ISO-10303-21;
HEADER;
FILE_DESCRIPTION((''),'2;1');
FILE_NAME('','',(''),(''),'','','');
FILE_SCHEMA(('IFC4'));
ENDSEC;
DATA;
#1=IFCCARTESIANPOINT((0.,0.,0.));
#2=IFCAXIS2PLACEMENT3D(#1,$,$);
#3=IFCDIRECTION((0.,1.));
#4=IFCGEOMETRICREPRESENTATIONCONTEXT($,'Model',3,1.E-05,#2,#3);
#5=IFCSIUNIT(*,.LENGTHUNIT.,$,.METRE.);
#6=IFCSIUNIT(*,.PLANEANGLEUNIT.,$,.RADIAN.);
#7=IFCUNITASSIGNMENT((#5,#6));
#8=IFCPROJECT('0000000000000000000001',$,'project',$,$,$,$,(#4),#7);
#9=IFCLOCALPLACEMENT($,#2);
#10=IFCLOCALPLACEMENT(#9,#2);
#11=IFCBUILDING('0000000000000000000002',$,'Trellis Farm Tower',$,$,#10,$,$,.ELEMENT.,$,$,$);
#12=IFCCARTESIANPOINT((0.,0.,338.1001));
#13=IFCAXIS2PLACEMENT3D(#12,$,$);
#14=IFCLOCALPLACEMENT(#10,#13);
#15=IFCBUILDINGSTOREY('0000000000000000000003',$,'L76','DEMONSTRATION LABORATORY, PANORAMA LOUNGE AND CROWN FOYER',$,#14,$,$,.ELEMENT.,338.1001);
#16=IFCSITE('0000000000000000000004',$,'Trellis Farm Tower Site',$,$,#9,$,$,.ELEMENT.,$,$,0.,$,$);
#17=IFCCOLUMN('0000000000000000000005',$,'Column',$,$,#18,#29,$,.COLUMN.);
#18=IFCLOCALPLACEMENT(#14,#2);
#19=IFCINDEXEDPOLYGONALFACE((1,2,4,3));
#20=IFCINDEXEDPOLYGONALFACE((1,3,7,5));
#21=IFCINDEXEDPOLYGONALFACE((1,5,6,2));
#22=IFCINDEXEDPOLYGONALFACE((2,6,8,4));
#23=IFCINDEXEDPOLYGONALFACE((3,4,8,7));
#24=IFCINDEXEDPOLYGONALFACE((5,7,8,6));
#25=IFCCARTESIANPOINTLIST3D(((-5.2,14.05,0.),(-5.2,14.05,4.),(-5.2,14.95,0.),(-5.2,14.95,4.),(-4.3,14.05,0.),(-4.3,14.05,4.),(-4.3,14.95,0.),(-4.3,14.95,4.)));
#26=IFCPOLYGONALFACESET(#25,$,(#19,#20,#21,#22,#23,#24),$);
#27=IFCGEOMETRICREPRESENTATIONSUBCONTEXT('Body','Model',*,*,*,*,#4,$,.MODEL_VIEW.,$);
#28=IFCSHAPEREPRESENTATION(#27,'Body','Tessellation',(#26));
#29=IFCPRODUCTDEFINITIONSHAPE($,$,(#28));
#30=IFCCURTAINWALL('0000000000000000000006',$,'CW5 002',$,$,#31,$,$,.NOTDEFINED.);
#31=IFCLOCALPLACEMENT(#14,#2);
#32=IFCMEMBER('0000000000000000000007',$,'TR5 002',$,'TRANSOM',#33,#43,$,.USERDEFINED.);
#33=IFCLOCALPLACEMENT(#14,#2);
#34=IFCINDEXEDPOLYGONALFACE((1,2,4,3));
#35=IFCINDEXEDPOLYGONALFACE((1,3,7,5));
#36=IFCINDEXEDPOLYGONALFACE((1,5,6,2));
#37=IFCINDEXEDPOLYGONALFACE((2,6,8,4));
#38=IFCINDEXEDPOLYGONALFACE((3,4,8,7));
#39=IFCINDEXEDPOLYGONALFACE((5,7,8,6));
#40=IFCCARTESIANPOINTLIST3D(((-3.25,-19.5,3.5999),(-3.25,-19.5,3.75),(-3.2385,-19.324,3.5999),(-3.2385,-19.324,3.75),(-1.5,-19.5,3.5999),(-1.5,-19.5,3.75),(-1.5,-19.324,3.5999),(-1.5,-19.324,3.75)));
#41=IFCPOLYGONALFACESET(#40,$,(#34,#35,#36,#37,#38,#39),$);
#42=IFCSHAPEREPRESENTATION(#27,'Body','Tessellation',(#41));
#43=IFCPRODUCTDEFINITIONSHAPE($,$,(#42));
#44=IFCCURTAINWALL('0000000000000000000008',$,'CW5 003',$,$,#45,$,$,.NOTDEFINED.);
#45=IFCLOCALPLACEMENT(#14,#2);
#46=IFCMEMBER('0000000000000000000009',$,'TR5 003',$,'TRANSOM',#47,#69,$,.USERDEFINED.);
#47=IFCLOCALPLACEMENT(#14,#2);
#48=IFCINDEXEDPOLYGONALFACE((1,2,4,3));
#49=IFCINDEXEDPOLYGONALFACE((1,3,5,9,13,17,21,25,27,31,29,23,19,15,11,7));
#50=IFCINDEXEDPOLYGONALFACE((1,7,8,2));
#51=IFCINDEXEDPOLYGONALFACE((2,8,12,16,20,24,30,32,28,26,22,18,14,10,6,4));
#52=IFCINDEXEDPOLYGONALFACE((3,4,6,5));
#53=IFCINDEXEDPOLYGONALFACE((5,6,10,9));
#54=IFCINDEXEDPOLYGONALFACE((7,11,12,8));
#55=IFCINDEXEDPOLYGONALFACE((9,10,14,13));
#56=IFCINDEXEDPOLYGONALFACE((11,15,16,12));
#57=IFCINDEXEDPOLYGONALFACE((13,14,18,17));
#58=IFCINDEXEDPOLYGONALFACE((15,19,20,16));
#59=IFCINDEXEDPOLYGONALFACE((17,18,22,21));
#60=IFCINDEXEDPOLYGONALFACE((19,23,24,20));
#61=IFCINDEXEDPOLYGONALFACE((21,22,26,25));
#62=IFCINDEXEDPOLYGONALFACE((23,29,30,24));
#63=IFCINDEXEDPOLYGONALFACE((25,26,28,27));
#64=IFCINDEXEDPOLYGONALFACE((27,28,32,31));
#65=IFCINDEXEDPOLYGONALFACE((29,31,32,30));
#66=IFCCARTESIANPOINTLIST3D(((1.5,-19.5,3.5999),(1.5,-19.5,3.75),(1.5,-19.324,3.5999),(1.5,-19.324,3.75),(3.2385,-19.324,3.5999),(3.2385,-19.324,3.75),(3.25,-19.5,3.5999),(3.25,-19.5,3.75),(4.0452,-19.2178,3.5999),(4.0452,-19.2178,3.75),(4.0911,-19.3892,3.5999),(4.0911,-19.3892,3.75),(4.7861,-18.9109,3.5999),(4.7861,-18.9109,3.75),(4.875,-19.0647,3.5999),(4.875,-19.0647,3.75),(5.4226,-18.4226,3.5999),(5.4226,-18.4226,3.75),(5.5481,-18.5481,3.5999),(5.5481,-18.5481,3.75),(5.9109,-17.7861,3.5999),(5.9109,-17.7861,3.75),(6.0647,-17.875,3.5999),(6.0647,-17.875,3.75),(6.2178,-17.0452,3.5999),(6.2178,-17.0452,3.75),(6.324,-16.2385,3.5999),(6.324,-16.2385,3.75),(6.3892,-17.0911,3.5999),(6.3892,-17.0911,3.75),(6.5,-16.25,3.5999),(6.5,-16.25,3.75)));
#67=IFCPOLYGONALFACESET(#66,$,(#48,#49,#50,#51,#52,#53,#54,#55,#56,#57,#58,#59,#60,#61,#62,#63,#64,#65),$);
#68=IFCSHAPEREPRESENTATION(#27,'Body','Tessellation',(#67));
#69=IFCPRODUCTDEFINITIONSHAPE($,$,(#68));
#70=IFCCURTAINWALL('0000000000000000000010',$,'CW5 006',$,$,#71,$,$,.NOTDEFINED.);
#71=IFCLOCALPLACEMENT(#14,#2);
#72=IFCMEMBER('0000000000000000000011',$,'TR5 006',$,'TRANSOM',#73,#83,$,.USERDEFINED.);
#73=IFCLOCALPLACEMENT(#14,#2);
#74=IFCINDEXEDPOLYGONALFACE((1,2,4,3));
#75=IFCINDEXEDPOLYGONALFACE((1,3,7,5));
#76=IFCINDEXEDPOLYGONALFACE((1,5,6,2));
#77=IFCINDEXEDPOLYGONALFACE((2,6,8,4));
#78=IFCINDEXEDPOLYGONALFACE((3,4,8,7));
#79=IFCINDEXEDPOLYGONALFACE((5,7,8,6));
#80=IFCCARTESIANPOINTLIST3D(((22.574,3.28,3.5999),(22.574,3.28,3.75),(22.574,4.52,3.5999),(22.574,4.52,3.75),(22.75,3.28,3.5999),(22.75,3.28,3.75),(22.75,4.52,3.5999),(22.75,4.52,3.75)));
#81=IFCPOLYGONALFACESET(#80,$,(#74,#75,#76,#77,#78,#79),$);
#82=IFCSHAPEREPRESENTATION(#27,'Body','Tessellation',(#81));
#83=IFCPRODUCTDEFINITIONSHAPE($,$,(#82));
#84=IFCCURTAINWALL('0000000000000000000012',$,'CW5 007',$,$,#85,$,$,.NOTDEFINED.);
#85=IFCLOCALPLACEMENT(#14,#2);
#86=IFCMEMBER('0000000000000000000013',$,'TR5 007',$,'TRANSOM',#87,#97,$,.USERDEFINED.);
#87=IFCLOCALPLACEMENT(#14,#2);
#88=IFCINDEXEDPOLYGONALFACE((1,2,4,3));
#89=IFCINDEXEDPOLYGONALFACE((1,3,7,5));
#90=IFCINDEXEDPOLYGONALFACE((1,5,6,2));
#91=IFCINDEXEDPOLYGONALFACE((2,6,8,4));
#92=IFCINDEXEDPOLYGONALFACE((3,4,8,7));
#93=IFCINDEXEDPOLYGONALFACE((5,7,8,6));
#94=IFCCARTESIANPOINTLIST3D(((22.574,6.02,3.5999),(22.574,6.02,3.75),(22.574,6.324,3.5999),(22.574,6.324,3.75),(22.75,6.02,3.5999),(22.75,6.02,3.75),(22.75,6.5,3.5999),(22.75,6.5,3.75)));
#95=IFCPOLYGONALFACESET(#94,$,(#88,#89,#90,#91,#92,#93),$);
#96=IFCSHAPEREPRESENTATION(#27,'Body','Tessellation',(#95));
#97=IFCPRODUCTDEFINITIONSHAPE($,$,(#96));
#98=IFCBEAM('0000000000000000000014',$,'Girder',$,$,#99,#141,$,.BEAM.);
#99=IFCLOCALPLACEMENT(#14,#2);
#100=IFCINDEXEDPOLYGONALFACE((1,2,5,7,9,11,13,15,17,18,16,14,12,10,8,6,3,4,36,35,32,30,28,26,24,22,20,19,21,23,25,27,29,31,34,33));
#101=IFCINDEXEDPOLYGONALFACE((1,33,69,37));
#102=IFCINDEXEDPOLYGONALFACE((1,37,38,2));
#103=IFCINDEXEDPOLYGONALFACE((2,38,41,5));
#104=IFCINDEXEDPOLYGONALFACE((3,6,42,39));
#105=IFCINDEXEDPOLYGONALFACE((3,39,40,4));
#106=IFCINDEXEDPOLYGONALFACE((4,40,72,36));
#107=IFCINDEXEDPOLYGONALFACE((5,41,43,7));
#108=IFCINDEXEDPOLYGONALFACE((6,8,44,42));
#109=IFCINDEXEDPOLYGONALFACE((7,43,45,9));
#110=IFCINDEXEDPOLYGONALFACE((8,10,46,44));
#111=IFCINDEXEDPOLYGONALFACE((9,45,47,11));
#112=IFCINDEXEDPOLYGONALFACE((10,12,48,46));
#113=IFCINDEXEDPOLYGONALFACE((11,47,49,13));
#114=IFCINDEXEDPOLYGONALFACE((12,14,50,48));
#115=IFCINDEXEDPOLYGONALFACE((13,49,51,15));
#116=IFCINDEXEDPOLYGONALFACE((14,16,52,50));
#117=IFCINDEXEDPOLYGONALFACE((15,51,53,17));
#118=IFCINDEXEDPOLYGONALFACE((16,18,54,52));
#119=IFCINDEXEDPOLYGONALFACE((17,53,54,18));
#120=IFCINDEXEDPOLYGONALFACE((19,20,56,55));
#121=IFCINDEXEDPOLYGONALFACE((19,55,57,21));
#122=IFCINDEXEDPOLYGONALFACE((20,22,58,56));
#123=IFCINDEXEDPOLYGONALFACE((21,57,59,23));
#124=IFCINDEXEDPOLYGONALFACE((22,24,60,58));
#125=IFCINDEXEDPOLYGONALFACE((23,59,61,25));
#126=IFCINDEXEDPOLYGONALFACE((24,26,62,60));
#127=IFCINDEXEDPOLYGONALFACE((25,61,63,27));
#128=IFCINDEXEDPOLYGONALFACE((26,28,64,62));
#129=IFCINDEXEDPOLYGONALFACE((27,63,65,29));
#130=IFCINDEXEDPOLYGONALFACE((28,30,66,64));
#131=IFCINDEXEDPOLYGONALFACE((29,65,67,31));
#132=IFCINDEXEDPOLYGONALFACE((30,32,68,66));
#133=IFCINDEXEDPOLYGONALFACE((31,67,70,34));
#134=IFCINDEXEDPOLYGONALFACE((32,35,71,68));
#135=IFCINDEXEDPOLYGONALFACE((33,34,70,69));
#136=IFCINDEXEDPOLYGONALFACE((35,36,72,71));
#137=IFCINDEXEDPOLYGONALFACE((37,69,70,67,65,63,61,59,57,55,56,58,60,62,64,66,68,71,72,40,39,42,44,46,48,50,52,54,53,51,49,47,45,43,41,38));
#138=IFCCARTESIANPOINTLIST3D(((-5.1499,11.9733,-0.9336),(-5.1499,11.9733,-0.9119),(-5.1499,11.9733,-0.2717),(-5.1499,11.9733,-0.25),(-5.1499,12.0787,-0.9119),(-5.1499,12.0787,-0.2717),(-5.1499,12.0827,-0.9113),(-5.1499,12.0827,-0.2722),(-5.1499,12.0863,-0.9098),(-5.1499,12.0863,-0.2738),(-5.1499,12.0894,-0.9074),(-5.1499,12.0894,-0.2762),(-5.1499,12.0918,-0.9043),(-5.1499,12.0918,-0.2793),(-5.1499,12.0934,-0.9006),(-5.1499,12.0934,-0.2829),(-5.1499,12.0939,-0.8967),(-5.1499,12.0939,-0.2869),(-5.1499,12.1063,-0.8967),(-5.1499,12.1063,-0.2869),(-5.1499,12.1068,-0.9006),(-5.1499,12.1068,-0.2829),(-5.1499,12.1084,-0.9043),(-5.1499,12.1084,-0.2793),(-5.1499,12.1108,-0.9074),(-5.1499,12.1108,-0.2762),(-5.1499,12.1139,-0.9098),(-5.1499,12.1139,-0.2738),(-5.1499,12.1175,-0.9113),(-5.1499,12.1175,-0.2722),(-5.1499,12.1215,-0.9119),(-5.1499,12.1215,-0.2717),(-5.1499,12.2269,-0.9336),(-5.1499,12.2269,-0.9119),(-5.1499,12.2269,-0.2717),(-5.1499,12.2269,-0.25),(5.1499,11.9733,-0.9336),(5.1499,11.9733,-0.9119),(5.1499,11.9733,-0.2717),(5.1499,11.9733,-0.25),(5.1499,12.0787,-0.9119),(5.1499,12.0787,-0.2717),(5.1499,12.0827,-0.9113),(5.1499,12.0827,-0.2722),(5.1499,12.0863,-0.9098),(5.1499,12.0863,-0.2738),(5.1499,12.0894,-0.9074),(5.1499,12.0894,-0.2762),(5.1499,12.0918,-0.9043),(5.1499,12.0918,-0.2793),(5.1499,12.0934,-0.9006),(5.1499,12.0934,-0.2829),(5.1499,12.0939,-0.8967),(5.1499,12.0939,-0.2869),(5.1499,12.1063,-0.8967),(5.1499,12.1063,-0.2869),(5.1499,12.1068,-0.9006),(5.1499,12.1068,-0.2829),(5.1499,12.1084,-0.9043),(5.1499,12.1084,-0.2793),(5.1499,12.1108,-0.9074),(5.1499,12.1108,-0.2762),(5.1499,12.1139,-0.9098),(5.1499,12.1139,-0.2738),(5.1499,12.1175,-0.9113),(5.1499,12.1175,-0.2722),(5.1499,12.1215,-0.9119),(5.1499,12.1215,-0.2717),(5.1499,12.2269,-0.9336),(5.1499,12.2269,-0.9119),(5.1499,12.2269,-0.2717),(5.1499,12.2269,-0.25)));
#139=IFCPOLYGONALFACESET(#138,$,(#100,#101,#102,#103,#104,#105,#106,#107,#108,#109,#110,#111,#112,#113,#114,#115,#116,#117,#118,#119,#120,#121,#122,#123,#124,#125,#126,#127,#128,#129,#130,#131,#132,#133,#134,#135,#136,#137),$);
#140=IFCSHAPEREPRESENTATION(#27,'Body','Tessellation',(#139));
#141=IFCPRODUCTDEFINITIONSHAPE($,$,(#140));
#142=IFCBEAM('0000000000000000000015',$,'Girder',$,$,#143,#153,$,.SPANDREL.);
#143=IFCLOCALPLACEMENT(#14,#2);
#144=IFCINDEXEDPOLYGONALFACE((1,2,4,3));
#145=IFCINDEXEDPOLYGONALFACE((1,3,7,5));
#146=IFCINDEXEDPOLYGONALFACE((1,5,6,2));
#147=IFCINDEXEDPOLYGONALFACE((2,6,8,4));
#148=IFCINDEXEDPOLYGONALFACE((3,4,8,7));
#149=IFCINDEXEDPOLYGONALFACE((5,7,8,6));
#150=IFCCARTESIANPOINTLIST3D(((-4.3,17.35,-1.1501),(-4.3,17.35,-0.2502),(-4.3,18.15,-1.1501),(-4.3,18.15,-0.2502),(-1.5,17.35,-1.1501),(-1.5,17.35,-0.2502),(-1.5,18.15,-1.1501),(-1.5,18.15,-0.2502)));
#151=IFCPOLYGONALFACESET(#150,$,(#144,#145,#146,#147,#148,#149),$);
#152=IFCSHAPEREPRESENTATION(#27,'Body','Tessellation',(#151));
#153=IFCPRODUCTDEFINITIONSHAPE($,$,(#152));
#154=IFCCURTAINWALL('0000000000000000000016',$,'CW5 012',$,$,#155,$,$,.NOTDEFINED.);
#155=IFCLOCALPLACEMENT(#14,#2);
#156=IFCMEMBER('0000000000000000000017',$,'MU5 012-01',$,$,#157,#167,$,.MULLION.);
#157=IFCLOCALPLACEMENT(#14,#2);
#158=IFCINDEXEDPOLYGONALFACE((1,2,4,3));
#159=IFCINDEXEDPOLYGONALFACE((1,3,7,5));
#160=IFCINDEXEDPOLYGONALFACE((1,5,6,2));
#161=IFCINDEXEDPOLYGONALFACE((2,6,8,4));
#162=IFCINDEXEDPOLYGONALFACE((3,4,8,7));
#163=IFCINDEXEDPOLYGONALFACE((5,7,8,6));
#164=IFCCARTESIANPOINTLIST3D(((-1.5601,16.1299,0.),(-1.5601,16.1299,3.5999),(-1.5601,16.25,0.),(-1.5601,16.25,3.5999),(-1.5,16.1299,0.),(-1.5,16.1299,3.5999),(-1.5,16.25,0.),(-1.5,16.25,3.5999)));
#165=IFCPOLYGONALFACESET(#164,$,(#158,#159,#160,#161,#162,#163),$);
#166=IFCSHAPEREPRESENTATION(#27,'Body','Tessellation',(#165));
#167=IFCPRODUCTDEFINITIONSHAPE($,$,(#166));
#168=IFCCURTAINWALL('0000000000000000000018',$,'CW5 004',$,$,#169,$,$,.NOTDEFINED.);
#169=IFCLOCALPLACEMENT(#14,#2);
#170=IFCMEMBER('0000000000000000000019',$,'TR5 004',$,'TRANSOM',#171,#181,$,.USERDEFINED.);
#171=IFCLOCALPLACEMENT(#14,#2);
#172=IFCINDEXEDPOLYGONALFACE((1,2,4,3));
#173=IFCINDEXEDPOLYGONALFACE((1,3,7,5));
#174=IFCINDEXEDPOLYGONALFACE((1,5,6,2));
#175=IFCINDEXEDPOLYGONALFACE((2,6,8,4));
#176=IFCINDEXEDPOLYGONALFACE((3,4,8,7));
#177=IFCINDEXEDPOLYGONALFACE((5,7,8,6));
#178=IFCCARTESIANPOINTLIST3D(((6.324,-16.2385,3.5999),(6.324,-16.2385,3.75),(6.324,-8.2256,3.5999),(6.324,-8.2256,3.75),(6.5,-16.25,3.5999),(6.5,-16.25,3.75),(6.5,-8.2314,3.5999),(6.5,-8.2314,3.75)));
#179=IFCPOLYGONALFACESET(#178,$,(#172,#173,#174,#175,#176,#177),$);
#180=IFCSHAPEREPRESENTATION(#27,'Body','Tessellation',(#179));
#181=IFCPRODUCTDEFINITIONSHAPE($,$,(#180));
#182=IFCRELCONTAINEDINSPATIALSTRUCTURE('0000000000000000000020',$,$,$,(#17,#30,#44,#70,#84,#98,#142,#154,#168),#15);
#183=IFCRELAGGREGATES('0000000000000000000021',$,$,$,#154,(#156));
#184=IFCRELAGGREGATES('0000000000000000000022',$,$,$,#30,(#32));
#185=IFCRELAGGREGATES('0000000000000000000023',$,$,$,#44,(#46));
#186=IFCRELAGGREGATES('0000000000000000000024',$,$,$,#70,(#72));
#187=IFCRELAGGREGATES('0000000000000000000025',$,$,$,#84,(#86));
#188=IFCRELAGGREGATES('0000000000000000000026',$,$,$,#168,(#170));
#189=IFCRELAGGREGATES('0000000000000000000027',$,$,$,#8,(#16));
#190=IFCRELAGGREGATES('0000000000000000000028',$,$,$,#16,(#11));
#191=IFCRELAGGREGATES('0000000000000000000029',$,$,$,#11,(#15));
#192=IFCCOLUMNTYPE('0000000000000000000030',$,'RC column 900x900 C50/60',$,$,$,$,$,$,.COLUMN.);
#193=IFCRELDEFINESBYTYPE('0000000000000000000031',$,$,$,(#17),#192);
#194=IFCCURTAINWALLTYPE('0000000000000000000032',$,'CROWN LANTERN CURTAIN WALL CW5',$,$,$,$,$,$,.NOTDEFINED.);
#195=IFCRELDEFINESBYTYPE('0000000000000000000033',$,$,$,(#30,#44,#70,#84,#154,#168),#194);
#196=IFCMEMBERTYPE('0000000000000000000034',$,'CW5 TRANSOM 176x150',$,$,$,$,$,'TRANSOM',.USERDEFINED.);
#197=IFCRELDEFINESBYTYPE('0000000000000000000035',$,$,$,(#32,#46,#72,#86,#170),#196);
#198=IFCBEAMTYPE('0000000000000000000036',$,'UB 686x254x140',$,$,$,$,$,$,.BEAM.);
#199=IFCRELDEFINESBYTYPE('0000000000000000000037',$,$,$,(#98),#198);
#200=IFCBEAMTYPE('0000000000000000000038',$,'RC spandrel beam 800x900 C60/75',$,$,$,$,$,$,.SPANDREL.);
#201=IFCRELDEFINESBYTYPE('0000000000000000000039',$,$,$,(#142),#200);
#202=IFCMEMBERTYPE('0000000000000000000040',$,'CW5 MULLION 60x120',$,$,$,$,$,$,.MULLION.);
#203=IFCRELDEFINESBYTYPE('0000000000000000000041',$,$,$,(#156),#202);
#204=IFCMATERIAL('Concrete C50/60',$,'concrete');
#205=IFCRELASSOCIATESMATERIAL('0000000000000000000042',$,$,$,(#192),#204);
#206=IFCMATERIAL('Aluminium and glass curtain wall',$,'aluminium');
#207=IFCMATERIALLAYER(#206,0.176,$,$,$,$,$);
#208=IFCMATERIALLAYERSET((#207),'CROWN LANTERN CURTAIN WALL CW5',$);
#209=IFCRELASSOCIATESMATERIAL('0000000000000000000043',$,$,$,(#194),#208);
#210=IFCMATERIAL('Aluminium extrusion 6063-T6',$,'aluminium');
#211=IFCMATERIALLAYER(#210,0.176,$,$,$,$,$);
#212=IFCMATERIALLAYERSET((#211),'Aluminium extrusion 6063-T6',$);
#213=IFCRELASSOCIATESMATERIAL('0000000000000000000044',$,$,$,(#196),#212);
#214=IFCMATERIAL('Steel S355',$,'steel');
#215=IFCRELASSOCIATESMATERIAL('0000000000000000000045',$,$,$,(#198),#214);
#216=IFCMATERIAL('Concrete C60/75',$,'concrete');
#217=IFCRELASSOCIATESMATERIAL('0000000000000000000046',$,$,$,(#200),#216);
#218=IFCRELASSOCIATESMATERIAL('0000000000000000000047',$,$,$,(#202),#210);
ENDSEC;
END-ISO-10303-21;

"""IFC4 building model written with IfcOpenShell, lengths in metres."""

from ifc_helpers import new_model, si_unit, direction, frame, origin, origin_2d, place, context, subcontext, project, spatial, polyline, rectangle, i_section, outline, extrude, source, transform, mapped, material, layer, layer_set, material_profile, profile_set, type_object, element, aggregate, save


model = new_model("IFC4")

# Units and contexts
model_context = context("Model", 3, precision=1e-05, world=origin(), true_north=direction((0.0, 1.0)))
body_context = subcontext(model_context, "Body", "Model", "MODEL_VIEW")
ifc_project = project(units=[si_unit("LENGTHUNIT", "METRE"), si_unit("PLANEANGLEUNIT", "RADIAN")], contexts=[model_context])

# Site, building, storey
site_placement = place(None, origin())
site = spatial("IfcSite", under=ifc_project, at=site_placement, Name="Trellis Farm Tower Site", CompositionType="ELEMENT", RefElevation=0.0)
building_placement = place(site_placement, origin())
building = spatial("IfcBuilding", under=site, at=building_placement, Name="Trellis Farm Tower", CompositionType="ELEMENT")
storey_placement = place(building_placement, frame((0.0, 0.0, 338.1001)))
storey = spatial("IfcBuildingStorey", under=building, at=storey_placement, Name="L76", Description="DEMONSTRATION LABORATORY, PANORAMA LOUNGE AND CROWN FOYER", CompositionType="ELEMENT", Elevation=338.1001)

# Column
ifc_material_1 = material(Name="Concrete C50/60", Category="concrete")
ifc_material_profile_1 = material_profile(ifc_material_1, rectangle(XDim=0.8999, YDim=0.8999, at=origin_2d()), Name="RC column 900x900 C50/60")
ifc_profile_set_1 = profile_set([ifc_material_profile_1], Name="Concrete C50/60")
column_type = type_object("IfcColumnType", Name="RC column 900x900 C50/60", PredefinedType="COLUMN", material=ifc_profile_set_1)
shared_shape_1 = source(origin(), body_context, "Body", "SweptSolid", [
    extrude(rectangle(XDim=0.8999, YDim=0.8999, at=origin_2d()), origin(), (0.0, 0.0, 1.0), 4.0),
])
column_placement = place(storey_placement, frame((-4.75, 14.5, 0.0), z_axis=(0.0, 0.0, 1.0), x_axis=(1.0, 0.0, 0.0)))
element("IfcColumn", 1, at=column_placement, inside=storey, type_object=column_type, Name="Column", PredefinedType="COLUMN", context=body_context, shape_type="MappedRepresentation", body=[
    mapped(shared_shape_1, transform((0.0, 0.0, 0.0))),
])

# Curtain walls, members
ifc_material_2 = material(Name="Aluminium and glass curtain wall", Category="aluminium")
ifc_layer_1 = layer(ifc_material_2, 0.176)
ifc_layer_set_1 = layer_set([ifc_layer_1], Name="CROWN LANTERN CURTAIN WALL CW5")
curtain_wall_type = type_object("IfcCurtainWallType", Name="CROWN LANTERN CURTAIN WALL CW5", PredefinedType="NOTDEFINED", material=ifc_layer_set_1)
placement_1 = place(storey_placement, origin())
curtain_wall_1 = element("IfcCurtainWall", 2, at=placement_1, inside=storey, type_object=curtain_wall_type, Name="CW5 002", PredefinedType="NOTDEFINED")
ifc_material_3 = material(Name="Aluminium extrusion 6063-T6", Category="aluminium")
ifc_layer_2 = layer(ifc_material_3, 0.176)
ifc_layer_set_2 = layer_set([ifc_layer_2], Name="Aluminium extrusion 6063-T6")
member_type_1 = type_object("IfcMemberType", Name="CW5 TRANSOM 176x150", ElementType="TRANSOM", PredefinedType="USERDEFINED", material=ifc_layer_set_2)
placement_2 = place(storey_placement, frame((0.0, 0.0, 3.5999)))
member_1 = element("IfcMember", 3, at=placement_2, type_object=member_type_1, Name="TR5 002", ObjectType="TRANSOM", PredefinedType="USERDEFINED", context=body_context, shape_type="SweptSolid", body=[
    extrude(outline(polyline([(-3.25, -19.5), (-1.5, -19.5), (-1.5, -19.324), (-3.2385, -19.324), (-3.25, -19.5)])), origin(), (0.0, 0.0, 1.0), 0.1501),
])
curtain_wall_2 = element("IfcCurtainWall", 4, at=placement_1, inside=storey, type_object=curtain_wall_type, Name="CW5 003", PredefinedType="NOTDEFINED")
member_2 = element("IfcMember", 5, at=placement_2, type_object=member_type_1, Name="TR5 003", ObjectType="TRANSOM", PredefinedType="USERDEFINED", context=body_context, shape_type="SweptSolid", body=[
    extrude(outline(polyline([(1.5, -19.5), (3.25, -19.5), (4.0911, -19.3892), (4.875, -19.0647), (5.5481, -18.5481), (6.0647, -17.875), (6.3892, -17.0911), (6.5, -16.25), (6.324, -16.2385), (6.2178, -17.0452), (5.9109, -17.7861), (5.4226, -18.4226), (4.7861, -18.9109), (4.0452, -19.2178), (3.2385, -19.324), (1.5, -19.324), (1.5, -19.5)])), origin(), (0.0, 0.0, 1.0), 0.1501),
])
curtain_wall_3 = element("IfcCurtainWall", 6, at=placement_1, inside=storey, type_object=curtain_wall_type, Name="CW5 006", PredefinedType="NOTDEFINED")
member_3 = element("IfcMember", 7, at=placement_2, type_object=member_type_1, Name="TR5 006", ObjectType="TRANSOM", PredefinedType="USERDEFINED", context=body_context, shape_type="SweptSolid", body=[
    extrude(outline(polyline([(22.75, 3.28), (22.75, 4.52), (22.574, 4.52), (22.574, 3.28), (22.75, 3.28)])), origin(), (0.0, 0.0, 1.0), 0.1501),
])
curtain_wall_4 = element("IfcCurtainWall", 8, at=placement_1, inside=storey, type_object=curtain_wall_type, Name="CW5 007", PredefinedType="NOTDEFINED")
member_4 = element("IfcMember", 9, at=placement_2, type_object=member_type_1, Name="TR5 007", ObjectType="TRANSOM", PredefinedType="USERDEFINED", context=body_context, shape_type="SweptSolid", body=[
    extrude(outline(polyline([(22.75, 6.02), (22.75, 6.5), (22.574, 6.324), (22.574, 6.02), (22.75, 6.02)])), origin(), (0.0, 0.0, 1.0), 0.1501),
])

# Beams
ifc_material_4 = material(Name="Steel S355", Category="steel")
ifc_material_profile_2 = material_profile(ifc_material_4, i_section(OverallWidth=0.2537, OverallDepth=0.6836, WebThickness=0.0125, FlangeThickness=0.0217, FilletRadius=0.0151, at=origin_2d()), Name="UB 686x254x140")
ifc_profile_set_2 = profile_set([ifc_material_profile_2], Name="Steel S355")
beam_type_1 = type_object("IfcBeamType", Name="UB 686x254x140", PredefinedType="BEAM", material=ifc_profile_set_2)
shared_shape_2 = source(origin(), body_context, "Body", "SweptSolid", [
    extrude(i_section(OverallWidth=0.2537, OverallDepth=0.6836, WebThickness=0.0125, FlangeThickness=0.0217, FilletRadius=0.0151, at=origin_2d()), origin(), (0.0, 0.0, 1.0), 10.2998),
])
beam_1_placement = place(storey_placement, frame((-5.1499, 12.1001, -0.5918), z_axis=(1.0, 0.0, 0.0), x_axis=(0.0, 1.0, 0.0)))
element("IfcBeam", 10, at=beam_1_placement, inside=storey, type_object=beam_type_1, Name="Girder", PredefinedType="BEAM", context=body_context, shape_type="MappedRepresentation", body=[
    mapped(shared_shape_2, transform((0.0, 0.0, 0.0))),
])
ifc_material_5 = material(Name="Concrete C60/75", Category="concrete")
ifc_material_profile_3 = material_profile(ifc_material_5, rectangle(XDim=0.8, YDim=0.8999, at=origin_2d()), Name="RC spandrel beam 800x900 C60/75")
ifc_profile_set_3 = profile_set([ifc_material_profile_3], Name="Concrete C60/75")
beam_type_2 = type_object("IfcBeamType", Name="RC spandrel beam 800x900 C60/75", PredefinedType="SPANDREL", material=ifc_profile_set_3)
shared_shape_3 = source(origin(), body_context, "Body", "SweptSolid", [
    extrude(rectangle(XDim=0.8, YDim=0.8999, at=origin_2d()), origin(), (0.0, 0.0, 1.0), 2.8),
])
beam_2_placement = place(storey_placement, frame((-4.3, 17.75, -0.7002), z_axis=(1.0, 0.0, 0.0), x_axis=(0.0, 1.0, 0.0)))
element("IfcBeam", 11, at=beam_2_placement, inside=storey, type_object=beam_type_2, Name="Girder", PredefinedType="SPANDREL", context=body_context, shape_type="MappedRepresentation", body=[
    mapped(shared_shape_3, transform((0.0, 0.0, 0.0))),
])

# Curtain walls, members
curtain_wall_5 = element("IfcCurtainWall", 12, at=placement_1, inside=storey, type_object=curtain_wall_type, Name="CW5 012", PredefinedType="NOTDEFINED")
ifc_material_profile_4 = material_profile(ifc_material_3, rectangle(XDim=0.0601, YDim=0.1201, at=origin_2d()), Name="MULLION 60x120")
ifc_profile_set_4 = profile_set([ifc_material_profile_4], Name="Aluminium extrusion 6063-T6")
member_type_2 = type_object("IfcMemberType", Name="CW5 MULLION 60x120", PredefinedType="MULLION", material=ifc_profile_set_4)
shared_shape_4 = source(origin(), body_context, "Body", "SweptSolid", [
    extrude(rectangle(XDim=0.0601, YDim=0.1201, at=origin_2d()), origin(), (0.0, 0.0, 1.0), 3.5999),
])
member_5_placement = place(storey_placement, frame((-1.53, 16.1899, 0.0), z_axis=(0.0, 0.0, 1.0), x_axis=(-1.0, 0.0, 0.0)))
member_5 = element("IfcMember", 13, at=member_5_placement, type_object=member_type_2, Name="MU5 012-01", PredefinedType="MULLION", context=body_context, shape_type="MappedRepresentation", body=[
    mapped(shared_shape_4, transform((0.0, 0.0, 0.0))),
])
aggregate(curtain_wall_5, [member_5])
curtain_wall_6 = element("IfcCurtainWall", 14, at=placement_1, inside=storey, type_object=curtain_wall_type, Name="CW5 004", PredefinedType="NOTDEFINED")
shared_shape_5 = source(origin(), body_context, "Body", "SweptSolid", [
    extrude(outline(polyline([(6.5, -16.25), (6.5, -8.2314), (6.324, -8.2256), (6.324, -16.2385), (6.5, -16.25)])), origin(), (0.0, 0.0, 1.0), 0.1501),
])
member_6 = element("IfcMember", 15, at=placement_2, type_object=member_type_1, Name="TR5 004", ObjectType="TRANSOM", PredefinedType="USERDEFINED", context=body_context, shape_type="MappedRepresentation", body=[
    mapped(shared_shape_5, transform((0.0, 0.0, 0.0))),
])

aggregate(curtain_wall_1, [member_1])
aggregate(curtain_wall_2, [member_2])
aggregate(curtain_wall_3, [member_3])
aggregate(curtain_wall_4, [member_4])
aggregate(curtain_wall_6, [member_6])

save(model, "model.ifc")
